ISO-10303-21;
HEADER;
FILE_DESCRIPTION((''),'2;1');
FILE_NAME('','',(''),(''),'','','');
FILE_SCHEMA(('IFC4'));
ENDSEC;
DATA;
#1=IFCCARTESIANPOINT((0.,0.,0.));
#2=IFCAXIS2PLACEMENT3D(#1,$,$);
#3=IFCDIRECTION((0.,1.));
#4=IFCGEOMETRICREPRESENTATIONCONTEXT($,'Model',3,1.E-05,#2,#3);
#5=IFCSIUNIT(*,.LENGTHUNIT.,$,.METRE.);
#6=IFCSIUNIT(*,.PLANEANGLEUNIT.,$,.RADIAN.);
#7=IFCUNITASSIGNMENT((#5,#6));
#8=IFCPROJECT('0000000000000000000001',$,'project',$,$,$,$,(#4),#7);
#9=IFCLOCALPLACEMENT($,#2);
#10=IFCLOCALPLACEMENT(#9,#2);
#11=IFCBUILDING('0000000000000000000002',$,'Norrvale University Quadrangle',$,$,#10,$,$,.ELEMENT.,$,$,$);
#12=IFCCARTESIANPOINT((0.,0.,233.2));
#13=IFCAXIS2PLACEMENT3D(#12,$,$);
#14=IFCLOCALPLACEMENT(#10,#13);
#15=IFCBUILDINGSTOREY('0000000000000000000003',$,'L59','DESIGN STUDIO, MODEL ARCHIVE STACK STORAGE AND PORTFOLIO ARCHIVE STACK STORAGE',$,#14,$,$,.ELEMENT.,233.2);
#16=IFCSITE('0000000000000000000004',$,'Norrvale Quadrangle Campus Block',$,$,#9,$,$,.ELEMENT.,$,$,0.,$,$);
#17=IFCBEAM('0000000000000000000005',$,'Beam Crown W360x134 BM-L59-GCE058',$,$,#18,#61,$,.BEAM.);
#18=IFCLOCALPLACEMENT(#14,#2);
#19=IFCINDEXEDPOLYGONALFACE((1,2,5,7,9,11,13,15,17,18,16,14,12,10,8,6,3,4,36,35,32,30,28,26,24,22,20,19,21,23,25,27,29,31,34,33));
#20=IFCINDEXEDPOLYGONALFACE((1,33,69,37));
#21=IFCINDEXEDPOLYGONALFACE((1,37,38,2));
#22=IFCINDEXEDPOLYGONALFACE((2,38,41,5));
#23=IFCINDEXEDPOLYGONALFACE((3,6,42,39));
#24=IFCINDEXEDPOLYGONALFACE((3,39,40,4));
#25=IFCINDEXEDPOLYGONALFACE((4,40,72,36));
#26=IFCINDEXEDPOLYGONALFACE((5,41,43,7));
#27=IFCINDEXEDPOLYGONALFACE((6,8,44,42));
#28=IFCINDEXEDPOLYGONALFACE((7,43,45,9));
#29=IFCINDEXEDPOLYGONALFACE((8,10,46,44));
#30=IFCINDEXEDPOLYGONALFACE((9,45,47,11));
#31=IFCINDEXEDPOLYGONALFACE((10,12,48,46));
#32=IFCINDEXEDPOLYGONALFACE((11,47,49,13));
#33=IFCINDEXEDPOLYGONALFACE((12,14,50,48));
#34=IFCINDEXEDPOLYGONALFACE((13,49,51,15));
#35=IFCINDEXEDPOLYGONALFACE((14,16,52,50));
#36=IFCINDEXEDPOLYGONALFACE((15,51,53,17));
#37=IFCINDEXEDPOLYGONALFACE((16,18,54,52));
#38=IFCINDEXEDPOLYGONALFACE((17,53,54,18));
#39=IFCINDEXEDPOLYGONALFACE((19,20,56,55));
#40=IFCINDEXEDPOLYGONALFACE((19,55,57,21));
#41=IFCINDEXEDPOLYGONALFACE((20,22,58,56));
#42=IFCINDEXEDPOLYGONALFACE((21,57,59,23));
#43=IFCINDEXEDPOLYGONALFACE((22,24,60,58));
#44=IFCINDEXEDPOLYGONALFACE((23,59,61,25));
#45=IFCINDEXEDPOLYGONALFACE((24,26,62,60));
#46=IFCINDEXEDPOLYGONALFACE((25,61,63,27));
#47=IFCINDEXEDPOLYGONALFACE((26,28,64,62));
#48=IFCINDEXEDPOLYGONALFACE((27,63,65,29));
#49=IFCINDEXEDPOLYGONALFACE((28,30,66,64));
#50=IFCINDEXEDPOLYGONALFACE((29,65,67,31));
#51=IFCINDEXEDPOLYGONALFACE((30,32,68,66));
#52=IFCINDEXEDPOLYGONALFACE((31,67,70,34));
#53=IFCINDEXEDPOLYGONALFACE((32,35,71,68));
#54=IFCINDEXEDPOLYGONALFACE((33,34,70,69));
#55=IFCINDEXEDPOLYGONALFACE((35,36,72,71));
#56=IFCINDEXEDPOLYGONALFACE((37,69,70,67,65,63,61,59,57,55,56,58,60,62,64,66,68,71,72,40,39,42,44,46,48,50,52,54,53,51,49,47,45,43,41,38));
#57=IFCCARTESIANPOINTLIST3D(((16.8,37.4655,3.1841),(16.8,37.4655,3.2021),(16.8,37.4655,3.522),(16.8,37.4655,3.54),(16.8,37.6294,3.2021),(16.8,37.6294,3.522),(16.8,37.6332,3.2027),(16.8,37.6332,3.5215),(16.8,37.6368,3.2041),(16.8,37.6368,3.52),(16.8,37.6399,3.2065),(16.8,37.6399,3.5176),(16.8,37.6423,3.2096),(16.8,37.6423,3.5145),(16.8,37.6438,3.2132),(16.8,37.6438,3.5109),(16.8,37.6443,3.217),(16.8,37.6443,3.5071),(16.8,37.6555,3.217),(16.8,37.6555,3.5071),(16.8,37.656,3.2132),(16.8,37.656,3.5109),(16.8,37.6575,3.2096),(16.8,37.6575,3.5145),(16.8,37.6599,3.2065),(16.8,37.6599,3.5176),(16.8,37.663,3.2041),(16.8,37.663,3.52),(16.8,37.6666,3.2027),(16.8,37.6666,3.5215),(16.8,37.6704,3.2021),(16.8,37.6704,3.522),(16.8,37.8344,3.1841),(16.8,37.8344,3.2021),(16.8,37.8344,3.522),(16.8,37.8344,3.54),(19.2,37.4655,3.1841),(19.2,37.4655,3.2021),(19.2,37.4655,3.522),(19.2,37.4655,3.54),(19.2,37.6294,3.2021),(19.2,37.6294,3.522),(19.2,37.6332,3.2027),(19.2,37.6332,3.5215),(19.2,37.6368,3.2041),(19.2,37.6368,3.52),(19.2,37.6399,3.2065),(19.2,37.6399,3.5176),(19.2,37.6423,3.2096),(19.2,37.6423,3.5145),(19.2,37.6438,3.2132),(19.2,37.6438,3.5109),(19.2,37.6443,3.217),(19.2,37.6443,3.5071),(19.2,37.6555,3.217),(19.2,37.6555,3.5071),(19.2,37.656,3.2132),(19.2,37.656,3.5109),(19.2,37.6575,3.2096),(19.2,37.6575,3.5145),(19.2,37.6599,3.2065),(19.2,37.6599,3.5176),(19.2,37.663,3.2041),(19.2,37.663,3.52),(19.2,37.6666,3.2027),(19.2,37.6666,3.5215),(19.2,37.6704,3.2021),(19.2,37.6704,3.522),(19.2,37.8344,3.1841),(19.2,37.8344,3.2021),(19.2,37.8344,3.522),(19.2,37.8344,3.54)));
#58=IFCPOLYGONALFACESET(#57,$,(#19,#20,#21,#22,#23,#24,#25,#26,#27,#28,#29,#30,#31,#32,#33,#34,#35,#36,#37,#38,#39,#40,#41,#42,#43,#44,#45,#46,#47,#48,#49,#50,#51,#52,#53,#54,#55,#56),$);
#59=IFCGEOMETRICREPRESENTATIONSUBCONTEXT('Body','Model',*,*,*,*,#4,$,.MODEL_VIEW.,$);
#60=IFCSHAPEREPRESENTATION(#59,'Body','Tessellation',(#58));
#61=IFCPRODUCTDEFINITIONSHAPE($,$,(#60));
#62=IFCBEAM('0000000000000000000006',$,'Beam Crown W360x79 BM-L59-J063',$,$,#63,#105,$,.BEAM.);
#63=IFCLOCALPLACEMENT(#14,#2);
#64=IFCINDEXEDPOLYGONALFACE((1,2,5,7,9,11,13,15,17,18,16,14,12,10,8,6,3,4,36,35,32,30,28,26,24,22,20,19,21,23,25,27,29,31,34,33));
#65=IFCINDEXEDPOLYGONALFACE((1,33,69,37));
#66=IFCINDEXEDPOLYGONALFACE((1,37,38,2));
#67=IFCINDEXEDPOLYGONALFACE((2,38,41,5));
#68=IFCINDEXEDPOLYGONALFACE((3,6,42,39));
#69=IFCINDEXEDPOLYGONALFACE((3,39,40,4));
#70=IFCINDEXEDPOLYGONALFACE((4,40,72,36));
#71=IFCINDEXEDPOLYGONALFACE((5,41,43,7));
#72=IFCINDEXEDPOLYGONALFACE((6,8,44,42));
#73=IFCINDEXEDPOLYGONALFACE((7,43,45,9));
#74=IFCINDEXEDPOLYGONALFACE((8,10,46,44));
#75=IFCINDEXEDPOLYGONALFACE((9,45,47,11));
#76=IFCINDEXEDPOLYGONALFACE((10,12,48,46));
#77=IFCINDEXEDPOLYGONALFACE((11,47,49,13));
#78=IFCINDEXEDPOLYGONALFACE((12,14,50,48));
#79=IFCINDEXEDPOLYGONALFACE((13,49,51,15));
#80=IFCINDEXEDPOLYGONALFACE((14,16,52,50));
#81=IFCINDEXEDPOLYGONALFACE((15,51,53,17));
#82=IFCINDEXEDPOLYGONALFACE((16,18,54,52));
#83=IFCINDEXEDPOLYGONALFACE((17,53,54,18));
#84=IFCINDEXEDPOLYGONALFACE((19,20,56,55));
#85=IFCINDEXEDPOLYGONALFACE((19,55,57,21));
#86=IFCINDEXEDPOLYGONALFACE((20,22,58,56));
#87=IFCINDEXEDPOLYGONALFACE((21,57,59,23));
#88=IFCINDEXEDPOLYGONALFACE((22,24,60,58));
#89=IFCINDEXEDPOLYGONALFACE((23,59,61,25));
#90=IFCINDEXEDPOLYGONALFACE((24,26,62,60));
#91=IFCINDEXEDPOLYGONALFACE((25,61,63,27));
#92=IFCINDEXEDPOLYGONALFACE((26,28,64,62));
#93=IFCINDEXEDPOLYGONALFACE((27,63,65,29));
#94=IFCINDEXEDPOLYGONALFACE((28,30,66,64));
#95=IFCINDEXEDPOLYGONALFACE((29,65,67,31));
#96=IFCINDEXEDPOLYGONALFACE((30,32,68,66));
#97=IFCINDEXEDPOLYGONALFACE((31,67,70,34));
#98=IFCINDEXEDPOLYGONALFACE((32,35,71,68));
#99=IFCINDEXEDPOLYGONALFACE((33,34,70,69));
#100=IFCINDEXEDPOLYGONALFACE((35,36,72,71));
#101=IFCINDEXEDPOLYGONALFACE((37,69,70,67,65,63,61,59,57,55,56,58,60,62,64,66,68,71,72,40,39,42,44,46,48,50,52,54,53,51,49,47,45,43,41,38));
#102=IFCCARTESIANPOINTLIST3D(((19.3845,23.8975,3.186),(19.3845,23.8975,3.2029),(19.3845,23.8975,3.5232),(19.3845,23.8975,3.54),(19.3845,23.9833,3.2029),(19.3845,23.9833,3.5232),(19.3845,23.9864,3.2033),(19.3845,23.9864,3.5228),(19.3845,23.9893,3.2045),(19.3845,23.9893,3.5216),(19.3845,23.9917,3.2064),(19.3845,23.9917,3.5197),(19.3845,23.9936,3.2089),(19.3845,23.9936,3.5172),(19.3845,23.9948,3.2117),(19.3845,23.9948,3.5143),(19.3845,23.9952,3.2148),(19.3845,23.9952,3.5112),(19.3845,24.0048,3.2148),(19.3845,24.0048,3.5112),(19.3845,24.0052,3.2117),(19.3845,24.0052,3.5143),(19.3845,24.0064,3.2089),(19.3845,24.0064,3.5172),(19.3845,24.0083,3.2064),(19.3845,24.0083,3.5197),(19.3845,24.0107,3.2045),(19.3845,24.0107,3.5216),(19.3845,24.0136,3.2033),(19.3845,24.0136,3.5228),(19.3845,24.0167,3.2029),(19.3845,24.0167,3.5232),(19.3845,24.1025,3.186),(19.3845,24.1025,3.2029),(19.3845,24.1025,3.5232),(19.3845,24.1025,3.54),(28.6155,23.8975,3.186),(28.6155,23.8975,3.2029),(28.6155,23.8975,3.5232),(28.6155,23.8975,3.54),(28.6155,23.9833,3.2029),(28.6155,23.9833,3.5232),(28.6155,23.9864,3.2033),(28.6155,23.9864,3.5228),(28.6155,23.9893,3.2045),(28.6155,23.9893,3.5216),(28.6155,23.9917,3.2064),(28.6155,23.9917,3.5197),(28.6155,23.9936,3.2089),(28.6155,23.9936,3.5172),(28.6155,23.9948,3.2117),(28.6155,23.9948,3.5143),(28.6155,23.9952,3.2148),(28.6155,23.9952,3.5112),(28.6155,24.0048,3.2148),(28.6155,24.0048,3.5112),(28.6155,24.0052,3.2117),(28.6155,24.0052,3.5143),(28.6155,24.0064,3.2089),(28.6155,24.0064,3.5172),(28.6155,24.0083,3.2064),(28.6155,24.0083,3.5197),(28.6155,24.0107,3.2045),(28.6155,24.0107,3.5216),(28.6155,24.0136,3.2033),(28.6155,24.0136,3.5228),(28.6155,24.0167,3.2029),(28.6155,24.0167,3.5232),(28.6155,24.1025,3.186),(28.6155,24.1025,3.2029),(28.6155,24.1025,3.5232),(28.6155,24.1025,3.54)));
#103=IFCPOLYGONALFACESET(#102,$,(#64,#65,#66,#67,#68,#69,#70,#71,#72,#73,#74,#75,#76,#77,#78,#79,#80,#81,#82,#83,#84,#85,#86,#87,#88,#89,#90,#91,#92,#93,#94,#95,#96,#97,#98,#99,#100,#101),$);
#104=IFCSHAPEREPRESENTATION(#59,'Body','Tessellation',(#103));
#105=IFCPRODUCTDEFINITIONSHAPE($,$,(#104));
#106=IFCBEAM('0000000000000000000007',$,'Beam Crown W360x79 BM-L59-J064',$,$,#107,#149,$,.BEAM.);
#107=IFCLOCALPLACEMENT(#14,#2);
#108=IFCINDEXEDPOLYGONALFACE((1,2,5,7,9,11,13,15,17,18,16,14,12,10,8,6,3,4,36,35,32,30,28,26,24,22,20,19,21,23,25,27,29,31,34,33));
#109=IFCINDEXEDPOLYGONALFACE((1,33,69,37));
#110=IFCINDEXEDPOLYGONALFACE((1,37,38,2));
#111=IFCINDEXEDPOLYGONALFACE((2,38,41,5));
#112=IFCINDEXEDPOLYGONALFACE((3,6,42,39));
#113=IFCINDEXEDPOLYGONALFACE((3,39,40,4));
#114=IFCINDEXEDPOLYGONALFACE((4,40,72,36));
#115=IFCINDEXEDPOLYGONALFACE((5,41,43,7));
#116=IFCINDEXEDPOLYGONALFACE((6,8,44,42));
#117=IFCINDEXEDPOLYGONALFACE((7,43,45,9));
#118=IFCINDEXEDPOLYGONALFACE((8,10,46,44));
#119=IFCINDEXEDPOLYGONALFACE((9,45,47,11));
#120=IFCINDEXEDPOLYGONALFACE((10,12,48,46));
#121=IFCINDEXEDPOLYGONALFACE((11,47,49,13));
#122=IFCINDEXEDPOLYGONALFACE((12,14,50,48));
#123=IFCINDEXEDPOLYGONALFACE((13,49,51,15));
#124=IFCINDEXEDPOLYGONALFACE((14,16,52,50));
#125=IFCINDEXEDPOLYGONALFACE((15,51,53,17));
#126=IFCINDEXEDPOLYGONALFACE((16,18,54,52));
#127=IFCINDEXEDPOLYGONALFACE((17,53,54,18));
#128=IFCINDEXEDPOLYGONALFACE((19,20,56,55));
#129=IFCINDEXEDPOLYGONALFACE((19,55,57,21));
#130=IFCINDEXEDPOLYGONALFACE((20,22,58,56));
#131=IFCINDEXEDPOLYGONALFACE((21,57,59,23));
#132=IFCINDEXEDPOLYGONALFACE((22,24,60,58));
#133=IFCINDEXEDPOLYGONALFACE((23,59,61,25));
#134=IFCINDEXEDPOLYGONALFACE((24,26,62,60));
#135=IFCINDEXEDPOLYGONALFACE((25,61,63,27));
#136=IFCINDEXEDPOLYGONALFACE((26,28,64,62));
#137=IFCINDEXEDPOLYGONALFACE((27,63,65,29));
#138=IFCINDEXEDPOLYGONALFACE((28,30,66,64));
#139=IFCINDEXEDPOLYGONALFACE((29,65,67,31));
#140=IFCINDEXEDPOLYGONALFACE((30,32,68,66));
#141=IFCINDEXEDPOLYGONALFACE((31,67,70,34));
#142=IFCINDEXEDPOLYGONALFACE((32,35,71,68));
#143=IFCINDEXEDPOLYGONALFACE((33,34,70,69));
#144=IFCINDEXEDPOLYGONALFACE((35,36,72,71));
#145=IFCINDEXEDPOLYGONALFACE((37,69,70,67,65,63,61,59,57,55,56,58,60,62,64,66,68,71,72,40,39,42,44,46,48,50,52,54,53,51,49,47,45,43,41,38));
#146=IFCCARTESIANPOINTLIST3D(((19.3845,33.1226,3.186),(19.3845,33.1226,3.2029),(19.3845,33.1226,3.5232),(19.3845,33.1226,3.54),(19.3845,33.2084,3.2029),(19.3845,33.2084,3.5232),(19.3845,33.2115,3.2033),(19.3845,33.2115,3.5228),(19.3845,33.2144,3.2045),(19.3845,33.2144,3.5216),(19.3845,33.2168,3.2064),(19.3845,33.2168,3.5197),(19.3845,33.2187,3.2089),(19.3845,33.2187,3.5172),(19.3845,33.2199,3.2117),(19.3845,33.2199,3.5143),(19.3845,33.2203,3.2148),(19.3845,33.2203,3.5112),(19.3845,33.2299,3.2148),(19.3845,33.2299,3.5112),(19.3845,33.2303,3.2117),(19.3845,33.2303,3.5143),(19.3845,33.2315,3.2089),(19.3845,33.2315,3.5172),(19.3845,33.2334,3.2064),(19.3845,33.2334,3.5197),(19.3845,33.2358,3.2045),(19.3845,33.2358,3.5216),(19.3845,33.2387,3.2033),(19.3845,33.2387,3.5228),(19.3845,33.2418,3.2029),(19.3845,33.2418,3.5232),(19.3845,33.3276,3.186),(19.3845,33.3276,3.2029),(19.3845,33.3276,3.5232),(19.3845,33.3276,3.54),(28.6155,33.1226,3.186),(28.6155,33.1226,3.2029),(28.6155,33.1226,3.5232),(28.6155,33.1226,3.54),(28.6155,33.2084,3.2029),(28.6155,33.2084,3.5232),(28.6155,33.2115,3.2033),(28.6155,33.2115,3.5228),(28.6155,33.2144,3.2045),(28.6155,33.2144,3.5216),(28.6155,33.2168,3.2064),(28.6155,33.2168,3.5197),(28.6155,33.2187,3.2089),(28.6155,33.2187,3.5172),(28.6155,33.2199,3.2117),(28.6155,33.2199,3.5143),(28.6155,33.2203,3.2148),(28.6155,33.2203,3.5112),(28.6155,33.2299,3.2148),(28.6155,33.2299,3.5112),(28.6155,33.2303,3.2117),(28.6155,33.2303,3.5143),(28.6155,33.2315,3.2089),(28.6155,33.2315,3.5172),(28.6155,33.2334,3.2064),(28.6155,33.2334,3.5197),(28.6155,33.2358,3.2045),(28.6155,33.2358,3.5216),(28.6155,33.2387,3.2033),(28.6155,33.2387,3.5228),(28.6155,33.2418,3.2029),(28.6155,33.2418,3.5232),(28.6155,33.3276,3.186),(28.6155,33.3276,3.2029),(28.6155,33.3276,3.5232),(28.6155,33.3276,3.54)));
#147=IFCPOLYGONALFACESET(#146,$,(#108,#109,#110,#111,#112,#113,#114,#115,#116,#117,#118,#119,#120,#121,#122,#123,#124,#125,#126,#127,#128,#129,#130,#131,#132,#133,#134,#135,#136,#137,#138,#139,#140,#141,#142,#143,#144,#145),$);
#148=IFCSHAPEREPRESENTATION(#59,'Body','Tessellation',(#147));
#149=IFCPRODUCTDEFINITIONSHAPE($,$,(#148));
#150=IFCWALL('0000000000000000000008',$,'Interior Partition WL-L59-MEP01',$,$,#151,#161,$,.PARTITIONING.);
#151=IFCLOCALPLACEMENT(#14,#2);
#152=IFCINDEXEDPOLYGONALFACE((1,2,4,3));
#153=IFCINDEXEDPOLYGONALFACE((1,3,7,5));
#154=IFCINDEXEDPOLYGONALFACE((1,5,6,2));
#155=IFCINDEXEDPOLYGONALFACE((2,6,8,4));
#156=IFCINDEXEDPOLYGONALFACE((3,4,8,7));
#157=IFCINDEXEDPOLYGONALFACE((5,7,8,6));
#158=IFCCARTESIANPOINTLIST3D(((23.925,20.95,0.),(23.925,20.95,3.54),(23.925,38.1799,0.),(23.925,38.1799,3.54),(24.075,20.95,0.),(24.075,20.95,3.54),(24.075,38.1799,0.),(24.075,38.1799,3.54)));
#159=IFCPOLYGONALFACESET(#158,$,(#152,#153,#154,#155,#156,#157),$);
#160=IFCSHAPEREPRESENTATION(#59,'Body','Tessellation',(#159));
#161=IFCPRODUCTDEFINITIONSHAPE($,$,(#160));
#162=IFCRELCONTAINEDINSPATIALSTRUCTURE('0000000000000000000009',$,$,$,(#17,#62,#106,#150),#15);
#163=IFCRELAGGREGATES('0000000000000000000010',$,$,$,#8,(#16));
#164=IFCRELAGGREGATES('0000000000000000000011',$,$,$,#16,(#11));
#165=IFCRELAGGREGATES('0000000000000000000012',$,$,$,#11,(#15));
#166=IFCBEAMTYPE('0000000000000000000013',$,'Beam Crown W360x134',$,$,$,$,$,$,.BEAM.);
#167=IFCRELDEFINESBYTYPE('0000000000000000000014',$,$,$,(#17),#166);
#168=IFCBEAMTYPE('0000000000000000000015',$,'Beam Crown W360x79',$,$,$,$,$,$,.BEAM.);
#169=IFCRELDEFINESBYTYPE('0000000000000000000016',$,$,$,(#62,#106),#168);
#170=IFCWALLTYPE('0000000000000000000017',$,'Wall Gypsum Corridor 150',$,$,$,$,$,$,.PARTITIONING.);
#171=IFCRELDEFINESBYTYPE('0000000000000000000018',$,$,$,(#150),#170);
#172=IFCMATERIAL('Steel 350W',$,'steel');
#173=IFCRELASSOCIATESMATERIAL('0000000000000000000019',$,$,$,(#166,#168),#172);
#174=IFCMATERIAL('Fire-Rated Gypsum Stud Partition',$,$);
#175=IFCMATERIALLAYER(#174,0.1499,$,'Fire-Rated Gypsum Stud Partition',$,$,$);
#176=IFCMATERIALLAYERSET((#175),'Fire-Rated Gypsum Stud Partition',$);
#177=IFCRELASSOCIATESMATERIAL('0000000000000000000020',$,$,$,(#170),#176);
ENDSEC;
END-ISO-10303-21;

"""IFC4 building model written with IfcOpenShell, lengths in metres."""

from ifc_helpers import new_model, si_unit, direction, frame, frame_2d, origin, origin_2d, place, context, subcontext, project, spatial, rectangle, i_section, extrude, material, layer, layer_set, material_profile, profile_set, type_object, element, save


model = new_model("IFC4")

# Units and contexts
model_context = context("Model", 3, precision=1e-05, world=origin(), true_north=direction((0.0, 1.0)))
body_context = subcontext(model_context, "Body", "Model", "MODEL_VIEW")
ifc_project = project(units=[si_unit("LENGTHUNIT", "METRE"), si_unit("PLANEANGLEUNIT", "RADIAN")], contexts=[model_context])

# Site, building, storey
site_placement = place(None, origin())
site = spatial("IfcSite", under=ifc_project, at=site_placement, Name="Norrvale Quadrangle Campus Block", CompositionType="ELEMENT", RefElevation=0.0)
building_placement = place(site_placement, origin())
building = spatial("IfcBuilding", under=site, at=building_placement, Name="Norrvale University Quadrangle", CompositionType="ELEMENT")
storey_placement = place(building_placement, frame((0.0, 0.0, 233.2)))
storey = spatial("IfcBuildingStorey", under=building, at=storey_placement, Name="L59", Description="DESIGN STUDIO, MODEL ARCHIVE STACK STORAGE AND PORTFOLIO ARCHIVE STACK STORAGE", CompositionType="ELEMENT", Elevation=233.2)

# Beams
ifc_material_1 = material(Name="Steel 350W", Category="steel")
ifc_material_profile_1 = material_profile(ifc_material_1, i_section(OverallWidth=0.3689, OverallDepth=0.356, WebThickness=0.0112, FlangeThickness=0.0181, FilletRadius=0.0149, at=origin_2d()), Name="Steel 350W")
ifc_profile_set_1 = profile_set([ifc_material_profile_1], Name="Steel 350W")
beam_type_1 = type_object("IfcBeamType", Name="Beam Crown W360x134", PredefinedType="BEAM", material=ifc_profile_set_1)
for number, where, z_axis, x_axis, name in (
    (1, (16.8, 37.6499, 3.3621), (1.0, 0.0, 0.0), (0.0, 1.0, 0.0), "Beam Crown W360x134 BM-L59-GCE058"),
):
    element("IfcBeam", number, at=place(storey_placement, frame(where, z_axis=z_axis, x_axis=x_axis)), inside=storey, type_object=beam_type_1, Name=name, PredefinedType="BEAM", context=body_context, shape_type="SweptSolid", body=[
        extrude(i_section(OverallWidth=0.3689, OverallDepth=0.356, WebThickness=0.0112, FlangeThickness=0.0181, FilletRadius=0.0149, at=origin_2d()), origin(), (0.0, 0.0, 1.0), 2.3999),
    ])
ifc_material_profile_2 = material_profile(ifc_material_1, i_section(OverallWidth=0.2051, OverallDepth=0.354, WebThickness=0.0095, FlangeThickness=0.0168, FilletRadius=0.012, at=origin_2d()), Name="Steel 350W")
ifc_profile_set_2 = profile_set([ifc_material_profile_2], Name="Steel 350W")
beam_type_2 = type_object("IfcBeamType", Name="Beam Crown W360x79", PredefinedType="BEAM", material=ifc_profile_set_2)
for number, where, z_axis, x_axis, name in (
    (2, (19.3845, 24.0, 3.363), (1.0, 0.0, 0.0), (0.0, 1.0, 0.0), "Beam Crown W360x79 BM-L59-J063"),
    (3, (19.3845, 33.2251, 3.363), (1.0, 0.0, 0.0), (0.0, 1.0, 0.0), "Beam Crown W360x79 BM-L59-J064"),
):
    element("IfcBeam", number, at=place(storey_placement, frame(where, z_axis=z_axis, x_axis=x_axis)), inside=storey, type_object=beam_type_2, Name=name, PredefinedType="BEAM", context=body_context, shape_type="SweptSolid", body=[
        extrude(i_section(OverallWidth=0.2051, OverallDepth=0.354, WebThickness=0.0095, FlangeThickness=0.0168, FilletRadius=0.012, at=origin_2d()), origin(), (0.0, 0.0, 1.0), 9.231),
    ])

# Wall
ifc_material_2 = material(Name="Fire-Rated Gypsum Stud Partition")
ifc_layer_1 = layer(ifc_material_2, 0.1499, Name="Fire-Rated Gypsum Stud Partition")
ifc_layer_set_1 = layer_set([ifc_layer_1], Name="Fire-Rated Gypsum Stud Partition")
wall_type_1 = type_object("IfcWallType", Name="Wall Gypsum Corridor 150", PredefinedType="PARTITIONING", material=ifc_layer_set_1)
wall_1_placement = place(storey_placement, frame((24.0, 20.95, 0.0), z_axis=(0.0, 0.0, 1.0), x_axis=(0.0, 1.0, 0.0)))
element("IfcWall", 4, at=wall_1_placement, inside=storey, type_object=wall_type_1, Name="Interior Partition WL-L59-MEP01", PredefinedType="PARTITIONING", context=body_context, shape_type="SweptSolid", body=[
    extrude(rectangle(XDim=17.23, YDim=0.1499, at=frame_2d((8.615, 0.0))), origin(), (0.0, 0.0, 1.0), 3.54),
])

save(model, "model.ifc")
